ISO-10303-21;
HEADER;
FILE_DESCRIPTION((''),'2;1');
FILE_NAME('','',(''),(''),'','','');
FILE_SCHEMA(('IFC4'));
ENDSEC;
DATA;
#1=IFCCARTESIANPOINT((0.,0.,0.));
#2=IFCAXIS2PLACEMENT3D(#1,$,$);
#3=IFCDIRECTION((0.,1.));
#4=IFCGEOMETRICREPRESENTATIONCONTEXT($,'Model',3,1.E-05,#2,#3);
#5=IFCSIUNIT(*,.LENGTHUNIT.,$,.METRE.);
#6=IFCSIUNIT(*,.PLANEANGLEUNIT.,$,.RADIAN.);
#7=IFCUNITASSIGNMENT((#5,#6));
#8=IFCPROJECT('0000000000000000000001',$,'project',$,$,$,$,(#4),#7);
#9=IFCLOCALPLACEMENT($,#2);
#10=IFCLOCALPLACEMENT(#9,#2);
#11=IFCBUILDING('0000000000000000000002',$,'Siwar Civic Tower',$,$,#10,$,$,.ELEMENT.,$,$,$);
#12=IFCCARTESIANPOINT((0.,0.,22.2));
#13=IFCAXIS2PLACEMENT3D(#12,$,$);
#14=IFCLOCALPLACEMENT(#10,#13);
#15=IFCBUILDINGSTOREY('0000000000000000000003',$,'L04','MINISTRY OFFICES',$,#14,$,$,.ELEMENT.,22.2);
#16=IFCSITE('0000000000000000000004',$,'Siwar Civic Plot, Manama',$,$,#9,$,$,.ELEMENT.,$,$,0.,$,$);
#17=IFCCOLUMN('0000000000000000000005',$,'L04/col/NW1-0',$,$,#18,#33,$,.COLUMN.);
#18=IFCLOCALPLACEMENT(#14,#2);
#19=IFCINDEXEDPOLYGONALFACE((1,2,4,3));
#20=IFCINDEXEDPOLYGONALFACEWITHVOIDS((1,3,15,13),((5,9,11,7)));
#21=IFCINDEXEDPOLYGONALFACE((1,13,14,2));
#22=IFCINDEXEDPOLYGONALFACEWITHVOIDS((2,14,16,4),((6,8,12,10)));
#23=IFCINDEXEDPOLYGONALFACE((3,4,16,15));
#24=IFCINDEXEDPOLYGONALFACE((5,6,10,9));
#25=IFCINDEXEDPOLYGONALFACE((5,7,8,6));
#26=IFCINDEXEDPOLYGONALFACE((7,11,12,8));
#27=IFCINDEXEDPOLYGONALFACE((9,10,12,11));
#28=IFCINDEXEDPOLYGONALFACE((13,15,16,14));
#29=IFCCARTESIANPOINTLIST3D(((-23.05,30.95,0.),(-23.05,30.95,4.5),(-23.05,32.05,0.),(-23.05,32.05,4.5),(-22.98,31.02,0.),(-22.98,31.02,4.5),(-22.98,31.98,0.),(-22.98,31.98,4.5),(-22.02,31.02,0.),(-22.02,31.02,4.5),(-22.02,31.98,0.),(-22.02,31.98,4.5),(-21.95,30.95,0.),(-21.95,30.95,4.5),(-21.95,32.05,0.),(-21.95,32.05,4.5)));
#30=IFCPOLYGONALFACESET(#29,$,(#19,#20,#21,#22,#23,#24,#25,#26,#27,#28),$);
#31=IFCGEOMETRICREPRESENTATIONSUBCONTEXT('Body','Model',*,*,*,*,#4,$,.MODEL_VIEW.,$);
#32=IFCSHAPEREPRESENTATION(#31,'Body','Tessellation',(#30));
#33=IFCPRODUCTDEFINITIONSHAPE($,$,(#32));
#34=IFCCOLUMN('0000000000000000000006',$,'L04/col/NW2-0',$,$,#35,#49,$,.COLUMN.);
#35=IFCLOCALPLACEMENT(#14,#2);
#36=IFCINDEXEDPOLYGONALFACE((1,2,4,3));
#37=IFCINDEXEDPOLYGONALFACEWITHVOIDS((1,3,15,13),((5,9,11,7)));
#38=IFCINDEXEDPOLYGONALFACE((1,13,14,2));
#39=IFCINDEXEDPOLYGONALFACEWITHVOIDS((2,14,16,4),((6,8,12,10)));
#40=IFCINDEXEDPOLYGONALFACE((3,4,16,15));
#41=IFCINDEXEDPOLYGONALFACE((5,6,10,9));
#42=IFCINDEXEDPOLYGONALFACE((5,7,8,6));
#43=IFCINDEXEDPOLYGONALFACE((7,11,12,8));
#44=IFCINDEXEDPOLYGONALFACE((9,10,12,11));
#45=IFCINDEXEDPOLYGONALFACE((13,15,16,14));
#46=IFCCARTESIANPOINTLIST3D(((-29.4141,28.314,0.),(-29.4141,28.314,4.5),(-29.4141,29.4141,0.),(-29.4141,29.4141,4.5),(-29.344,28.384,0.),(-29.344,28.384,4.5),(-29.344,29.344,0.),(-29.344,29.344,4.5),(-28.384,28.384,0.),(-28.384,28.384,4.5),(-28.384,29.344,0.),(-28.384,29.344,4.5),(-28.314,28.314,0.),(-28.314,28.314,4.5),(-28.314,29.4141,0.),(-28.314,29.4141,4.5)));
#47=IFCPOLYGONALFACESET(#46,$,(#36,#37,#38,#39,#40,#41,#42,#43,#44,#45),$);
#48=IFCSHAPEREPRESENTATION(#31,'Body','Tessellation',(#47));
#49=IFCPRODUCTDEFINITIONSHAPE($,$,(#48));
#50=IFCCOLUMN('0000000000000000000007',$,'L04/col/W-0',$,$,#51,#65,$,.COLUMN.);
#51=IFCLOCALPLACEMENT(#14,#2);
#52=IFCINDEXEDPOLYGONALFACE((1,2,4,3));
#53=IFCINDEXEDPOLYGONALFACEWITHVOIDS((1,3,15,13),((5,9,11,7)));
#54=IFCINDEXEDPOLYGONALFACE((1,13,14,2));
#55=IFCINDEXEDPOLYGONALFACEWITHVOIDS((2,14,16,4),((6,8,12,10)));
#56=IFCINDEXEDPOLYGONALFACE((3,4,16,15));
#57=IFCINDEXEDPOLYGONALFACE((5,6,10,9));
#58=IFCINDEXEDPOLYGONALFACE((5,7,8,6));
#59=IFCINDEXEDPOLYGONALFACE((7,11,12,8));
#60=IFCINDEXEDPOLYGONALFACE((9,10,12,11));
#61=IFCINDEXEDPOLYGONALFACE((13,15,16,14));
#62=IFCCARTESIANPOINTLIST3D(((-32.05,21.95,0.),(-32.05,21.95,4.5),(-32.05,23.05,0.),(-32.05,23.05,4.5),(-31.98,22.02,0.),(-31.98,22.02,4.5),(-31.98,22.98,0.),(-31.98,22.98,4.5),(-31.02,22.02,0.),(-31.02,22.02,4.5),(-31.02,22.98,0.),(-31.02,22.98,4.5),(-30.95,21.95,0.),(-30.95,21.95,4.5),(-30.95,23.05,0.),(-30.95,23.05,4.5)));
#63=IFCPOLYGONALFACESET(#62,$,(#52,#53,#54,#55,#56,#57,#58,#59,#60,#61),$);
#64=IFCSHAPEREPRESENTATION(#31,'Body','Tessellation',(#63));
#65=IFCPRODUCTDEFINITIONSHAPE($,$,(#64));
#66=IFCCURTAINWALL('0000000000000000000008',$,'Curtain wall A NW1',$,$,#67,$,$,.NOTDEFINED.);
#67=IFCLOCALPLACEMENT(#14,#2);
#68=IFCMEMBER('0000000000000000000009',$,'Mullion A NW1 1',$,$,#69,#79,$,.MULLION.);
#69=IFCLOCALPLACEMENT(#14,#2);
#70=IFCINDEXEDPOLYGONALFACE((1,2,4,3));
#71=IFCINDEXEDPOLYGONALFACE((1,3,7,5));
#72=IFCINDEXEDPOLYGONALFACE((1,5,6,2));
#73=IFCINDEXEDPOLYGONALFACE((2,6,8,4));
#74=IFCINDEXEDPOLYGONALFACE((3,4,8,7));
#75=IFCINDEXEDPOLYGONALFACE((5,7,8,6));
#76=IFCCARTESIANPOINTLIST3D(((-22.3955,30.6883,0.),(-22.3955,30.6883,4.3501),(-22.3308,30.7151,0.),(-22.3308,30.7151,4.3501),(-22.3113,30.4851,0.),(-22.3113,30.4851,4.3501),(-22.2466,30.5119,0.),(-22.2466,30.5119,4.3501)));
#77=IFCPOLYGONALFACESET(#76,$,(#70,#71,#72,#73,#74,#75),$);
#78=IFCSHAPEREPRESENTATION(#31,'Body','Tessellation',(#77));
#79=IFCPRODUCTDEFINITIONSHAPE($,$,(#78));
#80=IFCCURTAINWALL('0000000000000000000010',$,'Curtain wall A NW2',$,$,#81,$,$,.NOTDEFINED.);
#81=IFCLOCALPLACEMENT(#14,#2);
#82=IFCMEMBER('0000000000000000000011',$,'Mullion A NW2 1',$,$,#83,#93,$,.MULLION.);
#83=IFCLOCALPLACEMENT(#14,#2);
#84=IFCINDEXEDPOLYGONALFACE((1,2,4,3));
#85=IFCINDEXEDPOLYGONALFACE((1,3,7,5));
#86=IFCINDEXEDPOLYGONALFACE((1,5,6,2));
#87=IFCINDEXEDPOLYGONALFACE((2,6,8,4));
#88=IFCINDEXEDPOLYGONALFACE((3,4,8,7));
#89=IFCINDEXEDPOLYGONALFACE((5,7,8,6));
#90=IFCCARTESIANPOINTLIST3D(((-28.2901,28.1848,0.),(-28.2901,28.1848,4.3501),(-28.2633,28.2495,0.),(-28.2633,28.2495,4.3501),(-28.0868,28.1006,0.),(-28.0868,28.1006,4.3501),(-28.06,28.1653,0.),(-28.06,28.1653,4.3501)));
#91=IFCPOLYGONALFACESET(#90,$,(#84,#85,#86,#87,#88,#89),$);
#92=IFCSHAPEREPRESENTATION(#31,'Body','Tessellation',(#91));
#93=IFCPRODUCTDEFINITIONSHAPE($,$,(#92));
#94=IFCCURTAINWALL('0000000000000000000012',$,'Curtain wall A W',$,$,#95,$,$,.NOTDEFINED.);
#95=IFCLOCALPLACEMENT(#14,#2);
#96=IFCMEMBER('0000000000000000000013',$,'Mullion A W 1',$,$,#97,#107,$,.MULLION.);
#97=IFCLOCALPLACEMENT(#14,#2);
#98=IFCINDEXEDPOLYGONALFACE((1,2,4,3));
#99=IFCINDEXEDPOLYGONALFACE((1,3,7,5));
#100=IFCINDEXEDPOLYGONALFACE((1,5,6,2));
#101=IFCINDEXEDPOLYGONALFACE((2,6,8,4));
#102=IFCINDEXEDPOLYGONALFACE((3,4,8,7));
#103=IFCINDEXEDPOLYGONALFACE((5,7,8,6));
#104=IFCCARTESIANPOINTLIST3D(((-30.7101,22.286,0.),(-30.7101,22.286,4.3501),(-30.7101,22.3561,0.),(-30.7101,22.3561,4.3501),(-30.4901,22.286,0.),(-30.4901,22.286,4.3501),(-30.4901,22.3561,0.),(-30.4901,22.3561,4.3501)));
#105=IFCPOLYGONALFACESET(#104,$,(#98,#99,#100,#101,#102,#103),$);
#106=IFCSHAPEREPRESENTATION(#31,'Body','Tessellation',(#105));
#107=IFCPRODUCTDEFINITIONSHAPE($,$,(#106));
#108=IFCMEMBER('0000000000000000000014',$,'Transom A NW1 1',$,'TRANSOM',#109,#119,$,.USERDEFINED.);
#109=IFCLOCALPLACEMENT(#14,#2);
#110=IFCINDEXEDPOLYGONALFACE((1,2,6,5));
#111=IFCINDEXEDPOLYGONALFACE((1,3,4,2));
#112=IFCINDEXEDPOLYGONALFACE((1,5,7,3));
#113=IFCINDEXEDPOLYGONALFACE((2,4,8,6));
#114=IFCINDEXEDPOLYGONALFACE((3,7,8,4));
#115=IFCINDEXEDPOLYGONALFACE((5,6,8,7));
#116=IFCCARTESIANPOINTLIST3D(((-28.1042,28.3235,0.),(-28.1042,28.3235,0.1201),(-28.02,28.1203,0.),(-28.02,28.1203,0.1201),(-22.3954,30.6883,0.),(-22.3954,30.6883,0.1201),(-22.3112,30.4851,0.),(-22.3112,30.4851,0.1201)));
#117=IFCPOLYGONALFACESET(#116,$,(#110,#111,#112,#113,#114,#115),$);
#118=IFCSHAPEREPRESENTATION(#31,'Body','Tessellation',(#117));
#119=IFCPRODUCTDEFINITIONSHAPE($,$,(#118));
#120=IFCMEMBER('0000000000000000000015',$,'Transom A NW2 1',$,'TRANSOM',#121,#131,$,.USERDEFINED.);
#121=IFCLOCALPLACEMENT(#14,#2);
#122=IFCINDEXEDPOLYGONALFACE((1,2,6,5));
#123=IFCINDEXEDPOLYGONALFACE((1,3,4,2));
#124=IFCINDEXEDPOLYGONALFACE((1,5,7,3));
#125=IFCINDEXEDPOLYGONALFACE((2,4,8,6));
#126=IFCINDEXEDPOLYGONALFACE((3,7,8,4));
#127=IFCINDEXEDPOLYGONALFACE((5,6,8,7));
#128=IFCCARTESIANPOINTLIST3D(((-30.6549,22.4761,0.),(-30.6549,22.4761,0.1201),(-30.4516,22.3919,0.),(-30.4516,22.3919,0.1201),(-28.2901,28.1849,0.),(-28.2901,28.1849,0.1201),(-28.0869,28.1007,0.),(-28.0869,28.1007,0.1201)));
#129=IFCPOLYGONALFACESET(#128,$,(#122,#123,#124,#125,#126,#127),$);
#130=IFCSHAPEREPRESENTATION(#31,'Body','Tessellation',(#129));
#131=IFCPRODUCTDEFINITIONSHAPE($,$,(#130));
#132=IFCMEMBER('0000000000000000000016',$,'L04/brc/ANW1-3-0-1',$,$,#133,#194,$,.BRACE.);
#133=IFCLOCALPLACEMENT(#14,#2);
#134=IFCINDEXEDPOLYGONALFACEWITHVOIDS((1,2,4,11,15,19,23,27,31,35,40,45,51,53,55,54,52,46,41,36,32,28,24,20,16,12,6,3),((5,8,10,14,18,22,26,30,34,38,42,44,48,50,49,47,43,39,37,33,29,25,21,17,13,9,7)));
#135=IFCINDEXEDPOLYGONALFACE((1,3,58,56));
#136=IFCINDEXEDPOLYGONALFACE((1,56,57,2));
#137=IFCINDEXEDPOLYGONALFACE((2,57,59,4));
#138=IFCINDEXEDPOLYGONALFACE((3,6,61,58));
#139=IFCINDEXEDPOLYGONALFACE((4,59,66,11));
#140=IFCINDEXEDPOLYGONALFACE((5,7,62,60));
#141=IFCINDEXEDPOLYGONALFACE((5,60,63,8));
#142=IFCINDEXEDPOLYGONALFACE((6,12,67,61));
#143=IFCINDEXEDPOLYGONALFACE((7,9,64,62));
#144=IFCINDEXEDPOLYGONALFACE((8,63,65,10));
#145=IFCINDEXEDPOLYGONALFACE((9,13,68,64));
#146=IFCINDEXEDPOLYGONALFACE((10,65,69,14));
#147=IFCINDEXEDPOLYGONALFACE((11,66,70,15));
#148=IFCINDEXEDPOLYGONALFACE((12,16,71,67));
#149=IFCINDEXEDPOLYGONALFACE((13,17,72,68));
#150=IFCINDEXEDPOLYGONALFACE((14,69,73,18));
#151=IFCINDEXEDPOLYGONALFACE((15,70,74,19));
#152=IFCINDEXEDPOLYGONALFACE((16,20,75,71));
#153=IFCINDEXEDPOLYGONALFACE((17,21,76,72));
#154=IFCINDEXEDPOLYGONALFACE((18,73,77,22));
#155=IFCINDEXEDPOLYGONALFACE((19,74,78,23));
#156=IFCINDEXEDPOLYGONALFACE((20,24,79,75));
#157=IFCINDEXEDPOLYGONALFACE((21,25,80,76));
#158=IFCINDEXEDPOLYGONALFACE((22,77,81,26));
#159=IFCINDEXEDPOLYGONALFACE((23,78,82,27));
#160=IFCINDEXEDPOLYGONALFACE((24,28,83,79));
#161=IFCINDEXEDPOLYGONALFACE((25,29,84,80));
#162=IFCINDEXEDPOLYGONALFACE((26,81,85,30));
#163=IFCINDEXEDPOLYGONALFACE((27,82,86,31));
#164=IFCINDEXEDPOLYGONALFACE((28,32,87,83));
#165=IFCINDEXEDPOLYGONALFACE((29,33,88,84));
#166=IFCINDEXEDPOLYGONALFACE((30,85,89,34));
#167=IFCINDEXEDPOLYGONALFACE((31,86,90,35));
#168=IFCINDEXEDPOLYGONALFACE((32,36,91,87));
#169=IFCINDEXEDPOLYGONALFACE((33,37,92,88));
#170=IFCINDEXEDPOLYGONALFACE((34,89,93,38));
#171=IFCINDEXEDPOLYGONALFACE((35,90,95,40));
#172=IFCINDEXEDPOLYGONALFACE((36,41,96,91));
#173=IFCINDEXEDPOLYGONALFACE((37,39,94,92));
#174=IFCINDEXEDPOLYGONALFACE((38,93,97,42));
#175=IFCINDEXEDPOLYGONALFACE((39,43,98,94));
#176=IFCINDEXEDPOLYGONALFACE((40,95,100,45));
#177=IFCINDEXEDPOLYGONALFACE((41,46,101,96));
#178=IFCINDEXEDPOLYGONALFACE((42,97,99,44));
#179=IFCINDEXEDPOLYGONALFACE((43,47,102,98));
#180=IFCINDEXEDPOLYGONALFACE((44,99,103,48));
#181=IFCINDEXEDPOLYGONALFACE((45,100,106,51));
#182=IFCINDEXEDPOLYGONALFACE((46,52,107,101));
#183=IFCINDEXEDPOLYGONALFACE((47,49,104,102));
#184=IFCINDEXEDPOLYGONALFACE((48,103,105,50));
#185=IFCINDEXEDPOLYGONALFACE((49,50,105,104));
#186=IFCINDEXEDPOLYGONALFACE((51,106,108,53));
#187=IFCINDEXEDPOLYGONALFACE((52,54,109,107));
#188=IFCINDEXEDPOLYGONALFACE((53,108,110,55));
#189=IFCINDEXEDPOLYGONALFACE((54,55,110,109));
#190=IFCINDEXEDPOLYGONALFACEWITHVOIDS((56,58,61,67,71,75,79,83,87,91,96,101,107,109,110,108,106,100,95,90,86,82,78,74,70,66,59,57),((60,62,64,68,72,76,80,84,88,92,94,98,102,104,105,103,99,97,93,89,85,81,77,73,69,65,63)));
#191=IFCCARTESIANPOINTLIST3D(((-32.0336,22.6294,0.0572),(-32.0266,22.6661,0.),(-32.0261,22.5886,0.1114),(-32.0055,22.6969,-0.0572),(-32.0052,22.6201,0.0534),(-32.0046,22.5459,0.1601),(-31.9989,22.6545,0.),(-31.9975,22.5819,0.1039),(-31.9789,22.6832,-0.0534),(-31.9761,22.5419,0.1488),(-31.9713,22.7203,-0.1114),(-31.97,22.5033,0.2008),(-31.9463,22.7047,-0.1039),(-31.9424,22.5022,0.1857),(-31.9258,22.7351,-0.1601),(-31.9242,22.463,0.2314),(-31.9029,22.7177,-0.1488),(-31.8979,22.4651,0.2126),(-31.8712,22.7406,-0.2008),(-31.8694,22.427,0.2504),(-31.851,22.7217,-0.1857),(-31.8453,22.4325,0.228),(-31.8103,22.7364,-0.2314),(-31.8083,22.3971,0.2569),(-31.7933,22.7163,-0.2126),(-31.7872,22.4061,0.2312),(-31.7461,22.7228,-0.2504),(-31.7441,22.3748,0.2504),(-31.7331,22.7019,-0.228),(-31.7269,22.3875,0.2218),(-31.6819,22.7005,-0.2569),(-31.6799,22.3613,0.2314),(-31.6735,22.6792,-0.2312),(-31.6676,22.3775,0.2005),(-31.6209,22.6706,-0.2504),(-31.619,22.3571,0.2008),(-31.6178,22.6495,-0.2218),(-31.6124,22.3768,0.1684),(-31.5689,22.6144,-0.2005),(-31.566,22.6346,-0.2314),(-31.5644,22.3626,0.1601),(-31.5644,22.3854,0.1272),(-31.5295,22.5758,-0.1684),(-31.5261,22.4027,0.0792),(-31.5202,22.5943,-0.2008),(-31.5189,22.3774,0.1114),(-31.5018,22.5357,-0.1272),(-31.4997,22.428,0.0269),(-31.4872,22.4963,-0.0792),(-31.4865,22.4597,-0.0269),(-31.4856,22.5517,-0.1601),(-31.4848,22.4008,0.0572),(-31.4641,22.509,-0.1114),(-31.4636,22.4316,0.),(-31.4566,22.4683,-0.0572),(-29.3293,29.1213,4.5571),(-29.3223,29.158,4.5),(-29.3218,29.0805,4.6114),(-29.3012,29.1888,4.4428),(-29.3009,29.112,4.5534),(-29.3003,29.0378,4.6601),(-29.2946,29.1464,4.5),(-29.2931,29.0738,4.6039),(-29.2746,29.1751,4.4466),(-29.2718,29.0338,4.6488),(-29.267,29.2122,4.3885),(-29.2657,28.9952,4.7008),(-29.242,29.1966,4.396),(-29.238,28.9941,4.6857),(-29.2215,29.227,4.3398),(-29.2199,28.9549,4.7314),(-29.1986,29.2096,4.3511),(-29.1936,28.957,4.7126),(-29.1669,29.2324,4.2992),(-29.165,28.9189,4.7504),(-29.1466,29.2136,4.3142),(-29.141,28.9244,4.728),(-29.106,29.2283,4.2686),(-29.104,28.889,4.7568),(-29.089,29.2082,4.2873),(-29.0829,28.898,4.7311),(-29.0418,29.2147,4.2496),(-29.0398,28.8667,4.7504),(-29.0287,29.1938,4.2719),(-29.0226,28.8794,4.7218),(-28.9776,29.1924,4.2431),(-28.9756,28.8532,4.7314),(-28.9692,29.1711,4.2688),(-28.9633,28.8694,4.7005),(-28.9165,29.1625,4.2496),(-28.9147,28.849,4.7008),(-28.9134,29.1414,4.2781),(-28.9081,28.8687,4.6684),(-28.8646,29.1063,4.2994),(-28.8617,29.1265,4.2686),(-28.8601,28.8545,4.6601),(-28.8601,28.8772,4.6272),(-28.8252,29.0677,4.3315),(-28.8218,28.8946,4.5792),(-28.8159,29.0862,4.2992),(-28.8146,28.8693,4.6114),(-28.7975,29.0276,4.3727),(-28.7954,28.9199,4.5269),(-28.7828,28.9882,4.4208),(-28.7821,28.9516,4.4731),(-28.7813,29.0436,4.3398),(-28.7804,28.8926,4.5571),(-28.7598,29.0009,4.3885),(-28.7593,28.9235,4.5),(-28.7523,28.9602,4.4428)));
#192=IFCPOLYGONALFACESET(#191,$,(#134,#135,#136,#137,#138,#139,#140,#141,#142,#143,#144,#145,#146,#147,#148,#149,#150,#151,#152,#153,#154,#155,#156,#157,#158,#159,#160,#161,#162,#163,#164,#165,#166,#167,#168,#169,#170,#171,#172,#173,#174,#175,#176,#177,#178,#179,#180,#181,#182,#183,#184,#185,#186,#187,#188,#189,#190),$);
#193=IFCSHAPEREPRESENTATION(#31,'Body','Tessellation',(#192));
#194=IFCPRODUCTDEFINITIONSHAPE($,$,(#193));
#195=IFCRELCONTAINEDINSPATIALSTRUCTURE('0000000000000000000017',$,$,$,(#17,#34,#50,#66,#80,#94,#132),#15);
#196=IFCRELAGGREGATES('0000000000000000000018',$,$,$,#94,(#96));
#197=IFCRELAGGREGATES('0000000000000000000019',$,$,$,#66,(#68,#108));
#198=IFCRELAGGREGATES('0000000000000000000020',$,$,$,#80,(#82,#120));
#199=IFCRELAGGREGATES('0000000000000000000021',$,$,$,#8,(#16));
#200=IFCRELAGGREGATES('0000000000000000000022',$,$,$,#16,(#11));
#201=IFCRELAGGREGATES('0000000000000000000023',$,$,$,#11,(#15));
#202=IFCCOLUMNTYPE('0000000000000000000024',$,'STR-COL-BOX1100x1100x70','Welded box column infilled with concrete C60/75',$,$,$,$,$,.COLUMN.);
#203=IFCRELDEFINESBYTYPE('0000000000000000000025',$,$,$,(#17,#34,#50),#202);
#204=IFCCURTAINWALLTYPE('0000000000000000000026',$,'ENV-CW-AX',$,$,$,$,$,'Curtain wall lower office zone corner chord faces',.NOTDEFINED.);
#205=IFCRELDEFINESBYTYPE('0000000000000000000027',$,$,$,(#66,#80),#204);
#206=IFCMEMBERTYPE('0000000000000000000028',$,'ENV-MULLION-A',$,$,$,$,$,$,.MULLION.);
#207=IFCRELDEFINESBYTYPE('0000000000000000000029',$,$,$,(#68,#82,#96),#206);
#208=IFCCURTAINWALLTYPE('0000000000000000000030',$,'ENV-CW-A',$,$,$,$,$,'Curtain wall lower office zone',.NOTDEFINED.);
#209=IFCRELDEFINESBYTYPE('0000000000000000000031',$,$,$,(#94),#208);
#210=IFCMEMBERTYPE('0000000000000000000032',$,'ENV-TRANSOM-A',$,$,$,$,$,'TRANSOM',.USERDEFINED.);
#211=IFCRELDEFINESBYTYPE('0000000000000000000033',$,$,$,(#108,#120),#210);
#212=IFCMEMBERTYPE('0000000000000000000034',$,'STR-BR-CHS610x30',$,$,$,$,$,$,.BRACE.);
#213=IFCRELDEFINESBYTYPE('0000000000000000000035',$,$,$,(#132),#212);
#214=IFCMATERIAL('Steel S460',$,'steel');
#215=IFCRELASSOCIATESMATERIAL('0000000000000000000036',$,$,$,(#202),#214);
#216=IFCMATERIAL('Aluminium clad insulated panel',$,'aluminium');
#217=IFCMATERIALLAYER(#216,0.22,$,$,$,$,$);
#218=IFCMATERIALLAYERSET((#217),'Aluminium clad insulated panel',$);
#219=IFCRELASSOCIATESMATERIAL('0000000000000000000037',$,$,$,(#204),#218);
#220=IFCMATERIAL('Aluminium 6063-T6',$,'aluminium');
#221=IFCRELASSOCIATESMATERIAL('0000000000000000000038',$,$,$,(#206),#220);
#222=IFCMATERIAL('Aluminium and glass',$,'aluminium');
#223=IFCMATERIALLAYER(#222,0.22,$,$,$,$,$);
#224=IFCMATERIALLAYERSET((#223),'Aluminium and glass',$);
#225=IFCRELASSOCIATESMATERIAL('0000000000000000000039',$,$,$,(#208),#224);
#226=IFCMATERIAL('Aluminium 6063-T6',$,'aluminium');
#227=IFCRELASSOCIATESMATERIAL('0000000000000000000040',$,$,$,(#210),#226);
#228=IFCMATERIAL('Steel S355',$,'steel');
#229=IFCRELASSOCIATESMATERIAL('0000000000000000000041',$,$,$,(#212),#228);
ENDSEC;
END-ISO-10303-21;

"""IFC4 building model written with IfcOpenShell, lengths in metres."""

from ifc_helpers import new_model, si_unit, direction, frame, origin, origin_2d, place, context, subcontext, project, spatial, rectangle, hollow_rectangle, hollow_circle, extrude, material, layer, layer_set, material_profile, profile_set, type_object, element, aggregate, save


model = new_model("IFC4")

# Units and contexts
model_context = context("Model", 3, precision=1e-05, world=origin(), true_north=direction((0.0, 1.0)))
body_context = subcontext(model_context, "Body", "Model", "MODEL_VIEW")
ifc_project = project(units=[si_unit("LENGTHUNIT", "METRE"), si_unit("PLANEANGLEUNIT", "RADIAN")], contexts=[model_context])

# Site, building, storey
site_placement = place(None, origin())
site = spatial("IfcSite", under=ifc_project, at=site_placement, Name="Siwar Civic Plot, Manama", CompositionType="ELEMENT", RefElevation=0.0)
building_placement = place(site_placement, origin())
building = spatial("IfcBuilding", under=site, at=building_placement, Name="Siwar Civic Tower", CompositionType="ELEMENT")
storey_placement = place(building_placement, frame((0.0, 0.0, 22.2)))
storey = spatial("IfcBuildingStorey", under=building, at=storey_placement, Name="L04", Description="MINISTRY OFFICES", CompositionType="ELEMENT", Elevation=22.2)

# Columns
ifc_material_1 = material(Name="Steel S460", Category="steel")
ifc_material_profile_1 = material_profile(ifc_material_1, hollow_rectangle(XDim=1.1001, YDim=1.1001, WallThickness=0.0701, at=origin_2d()), Name="BOX1100x1100x70")
ifc_profile_set_1 = profile_set([ifc_material_profile_1], Name="Steel S460")
column_type = type_object("IfcColumnType", Name="STR-COL-BOX1100x1100x70", Description="Welded box column infilled with concrete C60/75", PredefinedType="COLUMN", material=ifc_profile_set_1)
for number, where, z_axis, x_axis, name in (
    (1, (-22.5, 31.5, 0.0), (0.0, 0.0, 1.0), (1.0, 0.0, 0.0), "L04/col/NW1-0"),
    (2, (-28.864, 28.864, 0.0), (0.0, 0.0, 1.0), (1.0, 0.0, 0.0), "L04/col/NW2-0"),
    (3, (-31.5, 22.5, 0.0), (0.0, 0.0, 1.0), (1.0, 0.0, 0.0), "L04/col/W-0"),
):
    element("IfcColumn", number, at=place(storey_placement, frame(where, z_axis=z_axis, x_axis=x_axis)), inside=storey, type_object=column_type, Name=name, PredefinedType="COLUMN", context=body_context, shape_type="SweptSolid", body=[
        extrude(hollow_rectangle(XDim=1.1001, YDim=1.1001, WallThickness=0.0701, at=origin_2d()), origin(), (0.0, 0.0, 1.0), 4.5),
    ])

# Curtain walls, members
ifc_material_2 = material(Name="Aluminium clad insulated panel", Category="aluminium")
ifc_layer_1 = layer(ifc_material_2, 0.22)
ifc_layer_set_1 = layer_set([ifc_layer_1], Name="Aluminium clad insulated panel")
curtain_wall_type_1 = type_object("IfcCurtainWallType", Name="ENV-CW-AX", ElementType="Curtain wall lower office zone corner chord faces", PredefinedType="NOTDEFINED", material=ifc_layer_set_1)
curtain_wall_1_placement = place(storey_placement, origin())
curtain_wall_1 = element("IfcCurtainWall", 4, at=curtain_wall_1_placement, inside=storey, type_object=curtain_wall_type_1, Name="Curtain wall A NW1", PredefinedType="NOTDEFINED")
ifc_material_3 = material(Name="Aluminium 6063-T6", Category="aluminium")
ifc_material_profile_2 = material_profile(ifc_material_3, rectangle(XDim=0.22, YDim=0.0701, at=origin_2d()), Name="AL 220x70")
ifc_profile_set_2 = profile_set([ifc_material_profile_2], Name="Aluminium 6063-T6")
member_type_1 = type_object("IfcMemberType", Name="ENV-MULLION-A", PredefinedType="MULLION", material=ifc_profile_set_2)
member_1_placement = place(storey_placement, frame((-22.321, 30.6001, 0.0), z_axis=(0.0, 0.0, 1.0), x_axis=(0.382683, -0.92388, 0.0)))
member_1 = element("IfcMember", 5, at=member_1_placement, type_object=member_type_1, Name="Mullion A NW1 1", PredefinedType="MULLION", context=body_context, shape_type="SweptSolid", body=[
    extrude(rectangle(XDim=0.22, YDim=0.0701, at=origin_2d()), origin(), (0.0, 0.0, 1.0), 4.3501),
])
curtain_wall_2_placement = place(storey_placement, origin())
curtain_wall_2 = element("IfcCurtainWall", 6, at=curtain_wall_2_placement, inside=storey, type_object=curtain_wall_type_1, Name="Curtain wall A NW2", PredefinedType="NOTDEFINED")
member_2_placement = place(storey_placement, frame((-28.175, 28.175, 0.0), z_axis=(0.0, 0.0, 1.0), x_axis=(0.92388, -0.382683, 0.0)))
member_2 = element("IfcMember", 7, at=member_2_placement, type_object=member_type_1, Name="Mullion A NW2 1", PredefinedType="MULLION", context=body_context, shape_type="SweptSolid", body=[
    extrude(rectangle(XDim=0.22, YDim=0.0701, at=origin_2d()), origin(), (0.0, 0.0, 1.0), 4.3501),
])
ifc_material_4 = material(Name="Aluminium and glass", Category="aluminium")
ifc_layer_2 = layer(ifc_material_4, 0.22)
ifc_layer_set_2 = layer_set([ifc_layer_2], Name="Aluminium and glass")
curtain_wall_type_2 = type_object("IfcCurtainWallType", Name="ENV-CW-A", ElementType="Curtain wall lower office zone", PredefinedType="NOTDEFINED", material=ifc_layer_set_2)
curtain_wall_3_placement = place(storey_placement, origin())
curtain_wall_3 = element("IfcCurtainWall", 8, at=curtain_wall_3_placement, inside=storey, type_object=curtain_wall_type_2, Name="Curtain wall A W", PredefinedType="NOTDEFINED")
member_3_placement = place(storey_placement, frame((-30.6001, 22.321, 0.0), z_axis=(0.0, 0.0, 1.0), x_axis=(1.0, 0.0, 0.0)))
member_3 = element("IfcMember", 9, at=member_3_placement, type_object=member_type_1, Name="Mullion A W 1", PredefinedType="MULLION", context=body_context, shape_type="SweptSolid", body=[
    extrude(rectangle(XDim=0.22, YDim=0.0701, at=origin_2d()), origin(), (0.0, 0.0, 1.0), 4.3501),
])
aggregate(curtain_wall_3, [member_3])

# Members
ifc_material_5 = material(Name="Aluminium 6063-T6", Category="aluminium")
ifc_material_profile_3 = material_profile(ifc_material_5, rectangle(XDim=0.22, YDim=0.1201, at=origin_2d()), Name="AL 220x120")
ifc_profile_set_3 = profile_set([ifc_material_profile_3], Name="Aluminium 6063-T6")
member_type_2 = type_object("IfcMemberType", Name="ENV-TRANSOM-A", ElementType="TRANSOM", PredefinedType="USERDEFINED", material=ifc_profile_set_3)
member_4_placement = place(storey_placement, frame((-22.3533, 30.5867, 0.0601), z_axis=(-0.923873, -0.382698, 0.0), x_axis=(0.382698, -0.923873, 0.0)))
member_4 = element("IfcMember", 10, at=member_4_placement, type_object=member_type_2, Name="Transom A NW1 1", ObjectType="TRANSOM", PredefinedType="USERDEFINED", context=body_context, shape_type="SweptSolid", body=[
    extrude(rectangle(XDim=0.22, YDim=0.1201, at=origin_2d()), origin(), (0.0, 0.0, 1.0), 6.1792),
])
member_5_placement = place(storey_placement, frame((-28.1885, 28.1428, 0.0601), z_axis=(-0.382698, -0.923873, 0.0), x_axis=(0.923873, -0.382698, 0.0)))
member_5 = element("IfcMember", 11, at=member_5_placement, type_object=member_type_2, Name="Transom A NW2 1", ObjectType="TRANSOM", PredefinedType="USERDEFINED", context=body_context, shape_type="SweptSolid", body=[
    extrude(rectangle(XDim=0.22, YDim=0.1201, at=origin_2d()), origin(), (0.0, 0.0, 1.0), 6.1792),
])

# Member
ifc_material_6 = material(Name="Steel S355", Category="steel")
ifc_material_profile_4 = material_profile(ifc_material_6, hollow_circle(Radius=0.3049, WallThickness=0.03, at=origin_2d()), Name="CHS610x30")
ifc_profile_set_4 = profile_set([ifc_material_profile_4], Name="Steel S355")
member_type_3 = type_object("IfcMemberType", Name="STR-BR-CHS610x30", PredefinedType="BRACE", material=ifc_profile_set_4)
member_6_placement = place(storey_placement, frame((-31.7451, 22.5488, 0.0), z_axis=(0.323906, 0.777555, 0.538975), x_axis=(-0.923109, 0.384539, 0.0)))
element("IfcMember", 12, at=member_6_placement, inside=storey, type_object=member_type_3, Name="L04/brc/ANW1-3-0-1", PredefinedType="BRACE", context=body_context, shape_type="SweptSolid", body=[
    extrude(hollow_circle(Radius=0.3049, WallThickness=0.03, at=origin_2d()), origin(), (0.0, 0.0, 1.0), 8.3491),
])

aggregate(curtain_wall_1, [member_1, member_4])
aggregate(curtain_wall_2, [member_2, member_5])

save(model, "model.ifc")
